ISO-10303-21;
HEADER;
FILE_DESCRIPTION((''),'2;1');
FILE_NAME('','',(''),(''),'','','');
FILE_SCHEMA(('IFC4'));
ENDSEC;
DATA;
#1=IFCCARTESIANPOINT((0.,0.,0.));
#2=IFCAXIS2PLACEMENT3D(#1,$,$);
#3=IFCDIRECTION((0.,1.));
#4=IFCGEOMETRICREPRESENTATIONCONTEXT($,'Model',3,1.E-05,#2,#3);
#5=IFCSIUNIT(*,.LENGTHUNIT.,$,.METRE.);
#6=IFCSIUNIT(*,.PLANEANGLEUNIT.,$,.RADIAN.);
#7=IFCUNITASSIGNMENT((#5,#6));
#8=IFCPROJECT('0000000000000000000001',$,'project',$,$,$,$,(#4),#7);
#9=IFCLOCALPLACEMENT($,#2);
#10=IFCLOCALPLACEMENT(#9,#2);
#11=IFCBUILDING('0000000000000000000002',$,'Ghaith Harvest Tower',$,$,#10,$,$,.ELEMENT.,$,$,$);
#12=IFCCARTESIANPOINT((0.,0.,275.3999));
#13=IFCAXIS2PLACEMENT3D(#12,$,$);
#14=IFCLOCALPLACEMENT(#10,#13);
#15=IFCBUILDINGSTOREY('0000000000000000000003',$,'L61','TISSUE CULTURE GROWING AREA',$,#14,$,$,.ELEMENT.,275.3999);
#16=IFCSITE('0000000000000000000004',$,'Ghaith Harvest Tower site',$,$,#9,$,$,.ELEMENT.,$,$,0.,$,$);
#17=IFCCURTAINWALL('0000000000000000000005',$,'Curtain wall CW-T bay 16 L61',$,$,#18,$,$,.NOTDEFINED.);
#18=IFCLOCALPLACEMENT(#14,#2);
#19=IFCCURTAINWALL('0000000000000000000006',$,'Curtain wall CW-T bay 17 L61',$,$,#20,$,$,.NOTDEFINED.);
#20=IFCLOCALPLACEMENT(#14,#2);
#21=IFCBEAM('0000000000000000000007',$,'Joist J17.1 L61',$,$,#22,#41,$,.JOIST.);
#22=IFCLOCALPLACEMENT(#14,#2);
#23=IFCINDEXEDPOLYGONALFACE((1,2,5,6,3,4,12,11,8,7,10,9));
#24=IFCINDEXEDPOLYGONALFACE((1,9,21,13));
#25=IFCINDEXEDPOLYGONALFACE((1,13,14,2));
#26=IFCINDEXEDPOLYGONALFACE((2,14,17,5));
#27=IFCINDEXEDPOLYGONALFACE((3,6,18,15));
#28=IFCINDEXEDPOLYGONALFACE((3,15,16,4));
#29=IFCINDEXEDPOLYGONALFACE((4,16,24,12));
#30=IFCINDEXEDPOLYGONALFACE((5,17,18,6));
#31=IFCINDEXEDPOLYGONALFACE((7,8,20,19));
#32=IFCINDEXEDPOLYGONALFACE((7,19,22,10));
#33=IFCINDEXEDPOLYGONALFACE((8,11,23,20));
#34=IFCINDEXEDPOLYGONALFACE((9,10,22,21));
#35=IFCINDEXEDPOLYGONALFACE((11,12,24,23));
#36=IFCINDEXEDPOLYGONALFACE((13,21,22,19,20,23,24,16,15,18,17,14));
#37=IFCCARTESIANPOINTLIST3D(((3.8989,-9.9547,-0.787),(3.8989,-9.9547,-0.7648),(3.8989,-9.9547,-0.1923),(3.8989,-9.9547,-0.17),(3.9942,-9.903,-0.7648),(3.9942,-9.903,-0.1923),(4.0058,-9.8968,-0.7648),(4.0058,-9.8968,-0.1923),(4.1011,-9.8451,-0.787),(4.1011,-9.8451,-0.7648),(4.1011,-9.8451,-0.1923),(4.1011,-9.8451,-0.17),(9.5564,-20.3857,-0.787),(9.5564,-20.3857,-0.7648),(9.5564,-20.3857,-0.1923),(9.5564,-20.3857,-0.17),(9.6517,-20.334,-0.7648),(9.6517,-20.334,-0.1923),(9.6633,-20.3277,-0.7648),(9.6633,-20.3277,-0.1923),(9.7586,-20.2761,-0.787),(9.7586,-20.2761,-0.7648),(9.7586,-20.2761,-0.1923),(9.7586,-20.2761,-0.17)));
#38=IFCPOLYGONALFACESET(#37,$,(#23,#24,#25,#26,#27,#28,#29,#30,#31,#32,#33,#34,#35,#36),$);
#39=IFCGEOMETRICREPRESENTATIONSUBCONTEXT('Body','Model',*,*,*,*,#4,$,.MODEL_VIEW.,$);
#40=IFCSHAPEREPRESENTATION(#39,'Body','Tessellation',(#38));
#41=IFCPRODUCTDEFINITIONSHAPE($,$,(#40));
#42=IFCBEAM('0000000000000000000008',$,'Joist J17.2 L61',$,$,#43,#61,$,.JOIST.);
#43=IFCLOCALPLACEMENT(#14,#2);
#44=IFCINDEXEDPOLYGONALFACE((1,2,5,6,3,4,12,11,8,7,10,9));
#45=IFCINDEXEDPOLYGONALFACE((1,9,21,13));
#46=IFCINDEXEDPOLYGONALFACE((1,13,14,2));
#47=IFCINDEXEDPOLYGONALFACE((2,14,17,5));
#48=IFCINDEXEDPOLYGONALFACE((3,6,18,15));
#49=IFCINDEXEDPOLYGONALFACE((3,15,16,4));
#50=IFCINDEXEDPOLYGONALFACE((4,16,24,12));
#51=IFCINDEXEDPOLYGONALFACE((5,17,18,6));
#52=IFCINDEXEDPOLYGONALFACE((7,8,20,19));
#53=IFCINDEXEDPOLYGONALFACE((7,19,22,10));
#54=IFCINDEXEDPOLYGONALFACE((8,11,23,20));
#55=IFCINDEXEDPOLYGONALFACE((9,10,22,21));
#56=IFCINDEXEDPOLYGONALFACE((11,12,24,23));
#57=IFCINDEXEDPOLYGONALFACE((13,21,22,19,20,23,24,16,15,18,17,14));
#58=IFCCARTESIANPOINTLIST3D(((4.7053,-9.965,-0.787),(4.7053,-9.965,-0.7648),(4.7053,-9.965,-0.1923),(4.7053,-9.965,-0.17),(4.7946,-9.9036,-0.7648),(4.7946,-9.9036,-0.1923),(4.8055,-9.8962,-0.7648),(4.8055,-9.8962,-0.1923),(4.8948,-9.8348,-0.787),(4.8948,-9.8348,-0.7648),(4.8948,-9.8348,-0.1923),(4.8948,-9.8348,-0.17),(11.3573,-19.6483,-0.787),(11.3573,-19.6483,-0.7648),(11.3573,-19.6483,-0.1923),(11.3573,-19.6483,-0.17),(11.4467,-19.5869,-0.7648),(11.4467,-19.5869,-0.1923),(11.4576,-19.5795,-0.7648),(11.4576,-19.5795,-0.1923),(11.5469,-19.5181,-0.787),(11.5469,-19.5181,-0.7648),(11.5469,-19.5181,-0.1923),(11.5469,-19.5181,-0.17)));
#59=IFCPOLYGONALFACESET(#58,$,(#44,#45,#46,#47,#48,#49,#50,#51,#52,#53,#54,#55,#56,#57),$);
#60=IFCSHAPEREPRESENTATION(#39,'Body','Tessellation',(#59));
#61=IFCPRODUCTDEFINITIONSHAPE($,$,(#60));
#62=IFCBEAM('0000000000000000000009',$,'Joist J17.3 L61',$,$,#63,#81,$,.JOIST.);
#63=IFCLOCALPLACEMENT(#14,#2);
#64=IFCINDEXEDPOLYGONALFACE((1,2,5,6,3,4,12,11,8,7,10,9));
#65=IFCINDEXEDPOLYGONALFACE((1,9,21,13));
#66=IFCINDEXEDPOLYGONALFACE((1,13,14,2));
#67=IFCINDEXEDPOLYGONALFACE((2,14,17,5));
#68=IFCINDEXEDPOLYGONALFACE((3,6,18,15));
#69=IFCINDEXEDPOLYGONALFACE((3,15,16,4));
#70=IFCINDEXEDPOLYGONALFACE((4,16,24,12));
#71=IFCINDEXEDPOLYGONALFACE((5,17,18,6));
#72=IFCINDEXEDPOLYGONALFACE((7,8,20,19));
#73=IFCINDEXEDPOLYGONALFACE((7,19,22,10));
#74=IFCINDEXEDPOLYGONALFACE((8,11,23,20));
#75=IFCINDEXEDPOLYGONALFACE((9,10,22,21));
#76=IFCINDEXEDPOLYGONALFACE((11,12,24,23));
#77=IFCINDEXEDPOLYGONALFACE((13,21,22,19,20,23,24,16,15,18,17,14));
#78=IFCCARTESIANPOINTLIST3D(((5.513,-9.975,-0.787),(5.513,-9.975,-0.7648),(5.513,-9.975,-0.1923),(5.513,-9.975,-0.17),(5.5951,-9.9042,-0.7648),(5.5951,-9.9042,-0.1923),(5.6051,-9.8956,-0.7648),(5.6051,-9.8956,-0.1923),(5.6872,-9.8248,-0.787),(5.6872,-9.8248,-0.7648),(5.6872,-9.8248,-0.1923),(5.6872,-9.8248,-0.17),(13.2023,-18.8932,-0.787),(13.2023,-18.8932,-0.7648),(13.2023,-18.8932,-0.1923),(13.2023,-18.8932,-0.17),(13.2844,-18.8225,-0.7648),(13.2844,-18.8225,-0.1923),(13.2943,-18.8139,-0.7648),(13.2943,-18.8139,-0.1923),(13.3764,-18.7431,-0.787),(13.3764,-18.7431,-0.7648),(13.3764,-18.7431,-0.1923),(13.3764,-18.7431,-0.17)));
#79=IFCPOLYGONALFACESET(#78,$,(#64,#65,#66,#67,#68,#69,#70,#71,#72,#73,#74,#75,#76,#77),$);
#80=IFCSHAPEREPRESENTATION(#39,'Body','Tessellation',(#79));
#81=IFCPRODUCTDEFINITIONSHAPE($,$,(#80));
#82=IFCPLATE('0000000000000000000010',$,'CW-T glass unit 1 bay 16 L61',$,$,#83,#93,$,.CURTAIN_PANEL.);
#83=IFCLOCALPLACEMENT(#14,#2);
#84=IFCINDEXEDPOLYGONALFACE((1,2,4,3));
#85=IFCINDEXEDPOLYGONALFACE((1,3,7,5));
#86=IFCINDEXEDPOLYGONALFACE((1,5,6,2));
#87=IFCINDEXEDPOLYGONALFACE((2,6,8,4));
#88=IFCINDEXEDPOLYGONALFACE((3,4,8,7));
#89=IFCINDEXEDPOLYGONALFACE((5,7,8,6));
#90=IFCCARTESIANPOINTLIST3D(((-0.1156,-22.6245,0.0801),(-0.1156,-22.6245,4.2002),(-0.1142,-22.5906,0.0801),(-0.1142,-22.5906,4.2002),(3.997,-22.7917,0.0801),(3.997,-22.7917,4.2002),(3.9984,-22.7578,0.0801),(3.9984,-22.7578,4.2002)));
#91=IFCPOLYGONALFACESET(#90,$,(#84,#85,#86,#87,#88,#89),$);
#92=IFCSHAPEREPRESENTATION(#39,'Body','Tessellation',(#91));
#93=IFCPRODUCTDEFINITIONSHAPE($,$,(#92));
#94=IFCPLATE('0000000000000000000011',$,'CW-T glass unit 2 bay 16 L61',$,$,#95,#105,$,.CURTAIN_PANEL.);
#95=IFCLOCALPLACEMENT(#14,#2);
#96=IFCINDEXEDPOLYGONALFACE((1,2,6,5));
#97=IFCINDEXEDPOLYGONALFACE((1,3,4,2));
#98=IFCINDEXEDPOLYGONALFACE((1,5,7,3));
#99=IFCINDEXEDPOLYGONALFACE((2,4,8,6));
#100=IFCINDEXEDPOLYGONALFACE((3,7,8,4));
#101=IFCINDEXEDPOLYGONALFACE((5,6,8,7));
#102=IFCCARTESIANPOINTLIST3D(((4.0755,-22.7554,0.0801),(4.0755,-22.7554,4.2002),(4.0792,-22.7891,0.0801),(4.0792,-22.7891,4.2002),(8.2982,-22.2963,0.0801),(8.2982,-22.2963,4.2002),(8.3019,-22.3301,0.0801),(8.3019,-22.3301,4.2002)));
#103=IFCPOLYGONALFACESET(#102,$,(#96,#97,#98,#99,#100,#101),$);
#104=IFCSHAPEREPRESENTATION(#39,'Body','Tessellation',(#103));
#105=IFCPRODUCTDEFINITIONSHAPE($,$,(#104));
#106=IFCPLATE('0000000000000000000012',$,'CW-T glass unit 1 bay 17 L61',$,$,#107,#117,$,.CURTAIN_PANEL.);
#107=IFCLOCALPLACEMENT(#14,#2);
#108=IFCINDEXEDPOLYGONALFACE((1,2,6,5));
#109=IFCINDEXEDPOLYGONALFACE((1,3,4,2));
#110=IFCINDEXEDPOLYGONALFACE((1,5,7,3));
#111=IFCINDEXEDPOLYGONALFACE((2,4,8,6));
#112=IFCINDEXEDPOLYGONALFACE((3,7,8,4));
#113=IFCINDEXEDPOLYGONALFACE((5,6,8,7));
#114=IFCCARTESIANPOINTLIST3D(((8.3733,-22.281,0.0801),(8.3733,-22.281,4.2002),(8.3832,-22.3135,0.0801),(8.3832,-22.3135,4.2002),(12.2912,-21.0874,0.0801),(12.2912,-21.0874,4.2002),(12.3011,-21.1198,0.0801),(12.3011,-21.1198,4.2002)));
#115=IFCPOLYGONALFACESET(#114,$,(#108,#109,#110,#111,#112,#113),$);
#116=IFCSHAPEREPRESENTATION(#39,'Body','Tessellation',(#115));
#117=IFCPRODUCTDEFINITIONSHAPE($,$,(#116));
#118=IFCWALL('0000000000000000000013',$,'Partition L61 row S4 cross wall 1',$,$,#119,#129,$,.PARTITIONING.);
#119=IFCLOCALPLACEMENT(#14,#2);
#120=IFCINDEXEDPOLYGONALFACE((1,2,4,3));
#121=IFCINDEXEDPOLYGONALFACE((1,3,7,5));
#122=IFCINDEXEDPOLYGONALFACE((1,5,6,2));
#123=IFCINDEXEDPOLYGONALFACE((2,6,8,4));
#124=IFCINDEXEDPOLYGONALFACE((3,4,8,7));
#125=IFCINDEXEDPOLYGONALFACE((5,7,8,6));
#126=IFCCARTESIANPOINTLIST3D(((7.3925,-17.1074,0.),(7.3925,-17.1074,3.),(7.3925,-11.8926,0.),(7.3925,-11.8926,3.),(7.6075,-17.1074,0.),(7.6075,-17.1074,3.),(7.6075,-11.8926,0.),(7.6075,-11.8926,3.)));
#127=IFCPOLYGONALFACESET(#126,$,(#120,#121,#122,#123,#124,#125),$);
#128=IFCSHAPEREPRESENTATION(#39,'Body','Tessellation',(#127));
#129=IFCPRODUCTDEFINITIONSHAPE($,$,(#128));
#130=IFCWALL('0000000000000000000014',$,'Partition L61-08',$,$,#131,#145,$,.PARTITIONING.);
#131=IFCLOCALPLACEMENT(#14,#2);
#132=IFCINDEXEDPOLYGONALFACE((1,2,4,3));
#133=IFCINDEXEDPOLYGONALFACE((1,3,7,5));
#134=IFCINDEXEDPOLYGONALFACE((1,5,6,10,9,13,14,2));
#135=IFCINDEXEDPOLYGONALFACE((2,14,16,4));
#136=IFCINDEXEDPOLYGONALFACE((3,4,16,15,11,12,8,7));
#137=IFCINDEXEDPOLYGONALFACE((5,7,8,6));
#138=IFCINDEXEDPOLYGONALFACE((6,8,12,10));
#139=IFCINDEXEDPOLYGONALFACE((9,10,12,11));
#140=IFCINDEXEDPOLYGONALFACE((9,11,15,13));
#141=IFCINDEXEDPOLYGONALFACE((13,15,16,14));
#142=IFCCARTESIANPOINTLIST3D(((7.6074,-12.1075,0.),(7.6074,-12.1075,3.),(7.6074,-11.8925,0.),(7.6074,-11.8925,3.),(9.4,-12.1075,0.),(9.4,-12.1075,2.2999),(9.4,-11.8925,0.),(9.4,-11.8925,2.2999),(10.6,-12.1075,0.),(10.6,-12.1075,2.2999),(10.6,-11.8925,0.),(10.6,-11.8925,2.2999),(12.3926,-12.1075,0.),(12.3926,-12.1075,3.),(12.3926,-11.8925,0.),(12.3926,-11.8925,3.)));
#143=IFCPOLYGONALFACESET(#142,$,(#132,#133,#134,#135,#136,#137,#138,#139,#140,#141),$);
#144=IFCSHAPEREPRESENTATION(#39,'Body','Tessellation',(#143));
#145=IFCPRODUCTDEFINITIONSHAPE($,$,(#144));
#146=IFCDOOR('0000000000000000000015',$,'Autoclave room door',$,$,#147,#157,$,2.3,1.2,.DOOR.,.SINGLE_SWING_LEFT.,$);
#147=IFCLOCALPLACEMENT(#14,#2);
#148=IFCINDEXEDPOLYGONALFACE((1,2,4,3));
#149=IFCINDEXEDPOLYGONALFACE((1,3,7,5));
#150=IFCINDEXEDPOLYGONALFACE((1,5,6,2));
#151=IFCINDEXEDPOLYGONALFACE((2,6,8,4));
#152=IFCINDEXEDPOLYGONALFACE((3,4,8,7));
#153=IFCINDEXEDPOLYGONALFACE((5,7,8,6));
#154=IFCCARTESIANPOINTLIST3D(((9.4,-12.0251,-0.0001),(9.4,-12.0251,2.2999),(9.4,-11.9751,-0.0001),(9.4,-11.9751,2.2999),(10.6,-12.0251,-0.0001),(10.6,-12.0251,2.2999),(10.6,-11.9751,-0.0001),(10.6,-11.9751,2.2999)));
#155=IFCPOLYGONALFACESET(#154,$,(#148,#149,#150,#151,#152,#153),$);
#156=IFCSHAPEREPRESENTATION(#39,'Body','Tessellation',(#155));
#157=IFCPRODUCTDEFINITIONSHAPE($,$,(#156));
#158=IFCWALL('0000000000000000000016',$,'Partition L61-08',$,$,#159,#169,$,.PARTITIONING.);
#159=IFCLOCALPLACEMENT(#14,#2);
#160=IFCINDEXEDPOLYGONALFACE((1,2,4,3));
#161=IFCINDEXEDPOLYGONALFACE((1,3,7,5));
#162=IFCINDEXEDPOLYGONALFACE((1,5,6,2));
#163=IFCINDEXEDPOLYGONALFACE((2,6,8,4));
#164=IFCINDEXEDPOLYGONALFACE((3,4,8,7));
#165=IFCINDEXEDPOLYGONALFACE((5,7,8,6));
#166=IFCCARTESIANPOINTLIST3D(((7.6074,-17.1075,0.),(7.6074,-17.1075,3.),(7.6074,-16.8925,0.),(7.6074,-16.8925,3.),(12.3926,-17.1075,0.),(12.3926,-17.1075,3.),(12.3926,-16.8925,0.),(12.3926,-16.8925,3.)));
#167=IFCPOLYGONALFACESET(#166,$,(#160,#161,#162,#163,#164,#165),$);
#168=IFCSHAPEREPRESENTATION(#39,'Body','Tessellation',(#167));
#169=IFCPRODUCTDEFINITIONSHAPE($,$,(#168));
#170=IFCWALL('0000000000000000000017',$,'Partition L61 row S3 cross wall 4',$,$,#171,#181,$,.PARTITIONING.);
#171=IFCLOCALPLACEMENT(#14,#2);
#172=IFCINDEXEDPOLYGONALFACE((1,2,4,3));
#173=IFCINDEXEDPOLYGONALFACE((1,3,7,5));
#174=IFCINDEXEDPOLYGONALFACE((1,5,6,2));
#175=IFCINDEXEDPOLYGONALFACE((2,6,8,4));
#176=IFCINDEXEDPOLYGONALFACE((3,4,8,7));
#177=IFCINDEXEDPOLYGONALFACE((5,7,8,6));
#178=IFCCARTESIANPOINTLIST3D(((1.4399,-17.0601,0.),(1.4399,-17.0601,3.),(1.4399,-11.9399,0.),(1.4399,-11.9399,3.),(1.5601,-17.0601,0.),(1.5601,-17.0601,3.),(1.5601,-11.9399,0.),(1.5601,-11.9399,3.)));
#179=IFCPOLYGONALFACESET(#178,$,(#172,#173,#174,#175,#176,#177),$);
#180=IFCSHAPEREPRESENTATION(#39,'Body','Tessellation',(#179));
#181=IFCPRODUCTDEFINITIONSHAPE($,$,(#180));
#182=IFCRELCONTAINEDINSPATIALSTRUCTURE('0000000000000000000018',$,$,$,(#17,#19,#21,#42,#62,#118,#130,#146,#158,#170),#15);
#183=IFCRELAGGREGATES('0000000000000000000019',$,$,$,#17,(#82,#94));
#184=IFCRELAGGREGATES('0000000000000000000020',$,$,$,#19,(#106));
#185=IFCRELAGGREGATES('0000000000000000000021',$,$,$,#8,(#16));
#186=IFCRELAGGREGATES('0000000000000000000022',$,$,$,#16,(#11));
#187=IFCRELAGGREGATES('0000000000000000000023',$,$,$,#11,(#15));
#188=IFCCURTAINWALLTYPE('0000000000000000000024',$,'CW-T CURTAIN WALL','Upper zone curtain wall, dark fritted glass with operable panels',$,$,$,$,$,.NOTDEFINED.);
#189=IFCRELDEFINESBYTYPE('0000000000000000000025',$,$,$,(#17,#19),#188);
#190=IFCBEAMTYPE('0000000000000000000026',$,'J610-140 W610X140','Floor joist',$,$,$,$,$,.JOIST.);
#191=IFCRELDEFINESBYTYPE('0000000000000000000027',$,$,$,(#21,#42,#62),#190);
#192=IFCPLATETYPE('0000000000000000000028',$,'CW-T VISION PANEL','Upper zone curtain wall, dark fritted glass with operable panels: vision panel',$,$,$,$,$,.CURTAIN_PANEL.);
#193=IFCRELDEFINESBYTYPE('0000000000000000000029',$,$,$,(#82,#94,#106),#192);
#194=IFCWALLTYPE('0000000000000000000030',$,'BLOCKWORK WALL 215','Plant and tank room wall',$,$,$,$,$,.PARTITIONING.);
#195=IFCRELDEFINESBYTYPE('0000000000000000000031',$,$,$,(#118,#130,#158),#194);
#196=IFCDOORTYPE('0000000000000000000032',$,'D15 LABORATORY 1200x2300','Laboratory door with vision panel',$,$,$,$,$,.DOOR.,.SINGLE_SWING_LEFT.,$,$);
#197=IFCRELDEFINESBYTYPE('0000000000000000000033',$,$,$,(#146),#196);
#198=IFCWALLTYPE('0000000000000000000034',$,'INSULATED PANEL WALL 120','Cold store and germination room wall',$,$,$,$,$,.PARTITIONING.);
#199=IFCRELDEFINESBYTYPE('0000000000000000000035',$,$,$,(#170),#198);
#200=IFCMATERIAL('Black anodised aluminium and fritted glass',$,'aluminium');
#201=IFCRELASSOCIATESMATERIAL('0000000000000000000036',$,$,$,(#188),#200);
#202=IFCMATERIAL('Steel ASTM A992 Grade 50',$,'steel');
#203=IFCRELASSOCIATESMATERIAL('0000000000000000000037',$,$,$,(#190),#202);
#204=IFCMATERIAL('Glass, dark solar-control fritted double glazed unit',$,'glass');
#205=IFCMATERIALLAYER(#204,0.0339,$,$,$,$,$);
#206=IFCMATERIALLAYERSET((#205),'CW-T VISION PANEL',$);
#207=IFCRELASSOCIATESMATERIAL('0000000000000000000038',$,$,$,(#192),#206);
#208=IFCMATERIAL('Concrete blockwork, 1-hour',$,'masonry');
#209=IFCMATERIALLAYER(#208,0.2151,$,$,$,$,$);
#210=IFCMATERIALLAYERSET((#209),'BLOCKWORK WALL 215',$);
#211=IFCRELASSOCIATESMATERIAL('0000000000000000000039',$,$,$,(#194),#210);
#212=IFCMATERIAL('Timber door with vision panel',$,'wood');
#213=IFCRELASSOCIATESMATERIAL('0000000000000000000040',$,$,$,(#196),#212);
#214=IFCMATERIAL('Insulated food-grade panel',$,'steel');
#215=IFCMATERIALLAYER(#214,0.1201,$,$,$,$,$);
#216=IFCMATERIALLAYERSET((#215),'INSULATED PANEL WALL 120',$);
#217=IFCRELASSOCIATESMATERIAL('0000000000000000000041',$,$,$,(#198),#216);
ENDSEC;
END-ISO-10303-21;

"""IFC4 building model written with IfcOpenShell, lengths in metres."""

from ifc_helpers import new_model, si_unit, direction, frame, frame_2d, origin, origin_2d, place, context, subcontext, project, spatial, rectangle, i_section, extrude, material, layer, layer_set, material_profile, profile_set, type_object, element, fill, aggregate, save


model = new_model("IFC4")

# Units and contexts
model_context = context("Model", 3, precision=1e-05, world=origin(), true_north=direction((0.0, 1.0)))
body_context = subcontext(model_context, "Body", "Model", "MODEL_VIEW")
ifc_project = project(units=[si_unit("LENGTHUNIT", "METRE"), si_unit("PLANEANGLEUNIT", "RADIAN")], contexts=[model_context])

# Site, building, storey
site_placement = place(None, origin())
site = spatial("IfcSite", under=ifc_project, at=site_placement, Name="Ghaith Harvest Tower site", CompositionType="ELEMENT", RefElevation=0.0)
building_placement = place(site_placement, origin())
building = spatial("IfcBuilding", under=site, at=building_placement, Name="Ghaith Harvest Tower", CompositionType="ELEMENT")
storey_placement = place(building_placement, frame((0.0, 0.0, 275.3999)))
storey = spatial("IfcBuildingStorey", under=building, at=storey_placement, Name="L61", Description="TISSUE CULTURE GROWING AREA", CompositionType="ELEMENT", Elevation=275.3999)

# Curtain walls
ifc_material_1 = material(Name="Black anodised aluminium and fritted glass", Category="aluminium")
curtain_wall_type = type_object("IfcCurtainWallType", Name="CW-T CURTAIN WALL", Description="Upper zone curtain wall, dark fritted glass with operable panels", PredefinedType="NOTDEFINED", material=ifc_material_1)
curtain_wall_1_placement = place(storey_placement, origin())
curtain_wall_1 = element("IfcCurtainWall", 1, at=curtain_wall_1_placement, inside=storey, type_object=curtain_wall_type, Name="Curtain wall CW-T bay 16 L61", PredefinedType="NOTDEFINED")
curtain_wall_2_placement = place(storey_placement, origin())
curtain_wall_2 = element("IfcCurtainWall", 2, at=curtain_wall_2_placement, inside=storey, type_object=curtain_wall_type, Name="Curtain wall CW-T bay 17 L61", PredefinedType="NOTDEFINED")

# Beams
ifc_material_2 = material(Name="Steel ASTM A992 Grade 50", Category="steel")
ifc_material_profile_1 = material_profile(ifc_material_2, i_section(OverallWidth=0.23, OverallDepth=0.6169, WebThickness=0.0132, FlangeThickness=0.0222, at=origin_2d()), Name="W610X140")
ifc_profile_set_1 = profile_set([ifc_material_profile_1], Name="Steel ASTM A992 Grade 50")
beam_type_1 = type_object("IfcBeamType", Name="J610-140 W610X140", Description="Floor joist", PredefinedType="JOIST", material=ifc_profile_set_1)
beam_1_placement = place(storey_placement, frame((4.0, -9.8999, -0.4785), z_axis=(0.476765, -0.879031, 0.0), x_axis=(0.879031, 0.476765, 0.0)))
element("IfcBeam", 3, at=beam_1_placement, inside=storey, type_object=beam_type_1, Name="Joist J17.1 L61", PredefinedType="JOIST", context=body_context, shape_type="SweptSolid", body=[
    extrude(i_section(OverallWidth=0.23, OverallDepth=0.6169, WebThickness=0.0132, FlangeThickness=0.0222, at=origin_2d()), origin(), (0.0, 0.0, 1.0), 11.8665),
])
beam_2_placement = place(storey_placement, frame((4.8, -9.8999, -0.4785), z_axis=(0.566228, -0.824249, 0.0), x_axis=(0.824249, 0.566228, 0.0)))
element("IfcBeam", 4, at=beam_2_placement, inside=storey, type_object=beam_type_1, Name="Joist J17.2 L61", PredefinedType="JOIST", context=body_context, shape_type="SweptSolid", body=[
    extrude(i_section(OverallWidth=0.23, OverallDepth=0.6169, WebThickness=0.0132, FlangeThickness=0.0222, at=origin_2d()), origin(), (0.0, 0.0, 1.0), 11.748),
])
beam_3_placement = place(storey_placement, frame((5.6001, -9.8999, -0.4785), z_axis=(0.652993, -0.757364, 0.0), x_axis=(0.757364, 0.652993, 0.0)))
element("IfcBeam", 5, at=beam_3_placement, inside=storey, type_object=beam_type_1, Name="Joist J17.3 L61", PredefinedType="JOIST", context=body_context, shape_type="SweptSolid", body=[
    extrude(i_section(OverallWidth=0.23, OverallDepth=0.6169, WebThickness=0.0132, FlangeThickness=0.0222, at=origin_2d()), origin(), (0.0, 0.0, 1.0), 11.7754),
])

# Plates
ifc_material_3 = material(Name="Glass, dark solar-control fritted double glazed unit", Category="glass")
ifc_layer_1 = layer(ifc_material_3, 0.0339)
ifc_layer_set_1 = layer_set([ifc_layer_1], Name="CW-T VISION PANEL")
plate_type = type_object("IfcPlateType", Name="CW-T VISION PANEL", Description="Upper zone curtain wall, dark fritted glass with operable panels: vision panel", PredefinedType="CURTAIN_PANEL", material=ifc_layer_set_1)
plate_1_placement = place(storey_placement, frame((1.9414, -22.6912, 0.0801), z_axis=(0.0, 0.0, 1.0), x_axis=(0.999174, -0.040638, 0.0)))
plate_1 = element("IfcPlate", 6, at=plate_1_placement, type_object=plate_type, Name="CW-T glass unit 1 bay 16 L61", PredefinedType="CURTAIN_PANEL", context=body_context, shape_type="SweptSolid", body=[
    extrude(rectangle(XDim=4.116, YDim=0.0339, at=origin_2d()), origin(), (0.0, 0.0, 1.0), 4.1201),
])
plate_2_placement = place(storey_placement, frame((6.1887, -22.5427, 0.0801), z_axis=(0.0, 0.0, 1.0), x_axis=(0.994143, 0.108074, 0.0)))
plate_2 = element("IfcPlate", 7, at=plate_2_placement, type_object=plate_type, Name="CW-T glass unit 2 bay 16 L61", PredefinedType="CURTAIN_PANEL", context=body_context, shape_type="SweptSolid", body=[
    extrude(rectangle(XDim=4.2476, YDim=0.0339, at=origin_2d()), origin(), (0.0, 0.0, 1.0), 4.1201),
])
aggregate(curtain_wall_1, [plate_1, plate_2])
plate_3_placement = place(storey_placement, frame((10.3372, -21.7004, 0.0801), z_axis=(0.0, 0.0, 1.0), x_axis=(0.956588, 0.291445, 0.0)))
plate_3 = element("IfcPlate", 8, at=plate_3_placement, type_object=plate_type, Name="CW-T glass unit 1 bay 17 L61", PredefinedType="CURTAIN_PANEL", context=body_context, shape_type="SweptSolid", body=[
    extrude(rectangle(XDim=4.0957, YDim=0.0339, at=origin_2d()), origin(), (0.0, 0.0, 1.0), 4.1201),
])
aggregate(curtain_wall_2, [plate_3])

# Wall
ifc_material_4 = material(Name="Concrete blockwork, 1-hour", Category="masonry")
ifc_layer_2 = layer(ifc_material_4, 0.2151)
ifc_layer_set_2 = layer_set([ifc_layer_2], Name="BLOCKWORK WALL 215")
wall_type_1 = type_object("IfcWallType", Name="BLOCKWORK WALL 215", Description="Plant and tank room wall", PredefinedType="PARTITIONING", material=ifc_layer_set_2)
wall_1_placement = place(storey_placement, frame((7.5, -11.8926, 0.0), z_axis=(0.0, 0.0, 1.0), x_axis=(0.0, -1.0, 0.0)))
element("IfcWall", 9, at=wall_1_placement, inside=storey, type_object=wall_type_1, Name="Partition L61 row S4 cross wall 1", PredefinedType="PARTITIONING", context=body_context, shape_type="SweptSolid", body=[
    extrude(rectangle(XDim=5.2148, YDim=0.2151, at=frame_2d((2.6074, 0.0))), origin(), (0.0, 0.0, 1.0), 3.0),
])

# Wall, opening, door
wall_2_placement = place(storey_placement, frame((7.6074, -12.0, 0.0), z_axis=(0.0, 0.0, 1.0), x_axis=(1.0, 0.0, 0.0)))
wall_2 = element("IfcWall", 10, at=wall_2_placement, inside=storey, type_object=wall_type_1, Name="Partition L61-08", PredefinedType="PARTITIONING", context=body_context, shape_type="SweptSolid", body=[
    extrude(rectangle(XDim=4.7852, YDim=0.2151, at=frame_2d((2.3926, 0.0))), origin(), (0.0, 0.0, 1.0), 3.0),
])
opening_1_placement = place(wall_2_placement, frame((1.7925, 0.0, 0.0)))
opening_1 = element("IfcOpeningElement", 11, at=opening_1_placement, cuts=wall_2, PredefinedType="OPENING", context=body_context, shape_type="SweptSolid", body=[
    extrude(rectangle(XDim=1.2, YDim=2.3, at=frame_2d((0.6001, 1.1499))), frame((0.0, 0.1177, 0.0), z_axis=(0.0, -1.0, 0.0), x_axis=(1.0, 0.0, 0.0)), (0.0, 0.0, 1.0), 0.2351),
])
ifc_material_5 = material(Name="Timber door with vision panel", Category="wood")
door_type_1 = type_object("IfcDoorType", Name="D15 LABORATORY 1200x2300", Description="Laboratory door with vision panel", OperationType="SINGLE_SWING_LEFT", PredefinedType="DOOR", material=ifc_material_5)
door_1_placement = place(opening_1_placement, origin())
door_1 = element("IfcDoor", 12, at=door_1_placement, inside=storey, type_object=door_type_1, Name="Autoclave room door", OperationType="SINGLE_SWING_LEFT", OverallHeight=2.3, OverallWidth=1.2, PredefinedType="DOOR", context=body_context, shape_type="SweptSolid", body=[
    extrude(rectangle(XDim=1.2, YDim=2.3, at=frame_2d((0.6001, 1.1499))), frame((0.0, 0.0249, 0.0), z_axis=(0.0, -1.0, 0.0), x_axis=(1.0, 0.0, 0.0)), (0.0, 0.0, 1.0), 0.05),
])
fill(opening_1, door_1)

# Walls
wall_3_placement = place(storey_placement, frame((7.6074, -17.0, 0.0), z_axis=(0.0, 0.0, 1.0), x_axis=(1.0, 0.0, 0.0)))
element("IfcWall", 13, at=wall_3_placement, inside=storey, type_object=wall_type_1, Name="Partition L61-08", PredefinedType="PARTITIONING", context=body_context, shape_type="SweptSolid", body=[
    extrude(rectangle(XDim=4.7852, YDim=0.2151, at=frame_2d((2.3926, 0.0))), origin(), (0.0, 0.0, 1.0), 3.0),
])
ifc_material_6 = material(Name="Insulated food-grade panel", Category="steel")
ifc_layer_3 = layer(ifc_material_6, 0.1201)
ifc_layer_set_3 = layer_set([ifc_layer_3], Name="INSULATED PANEL WALL 120")
wall_type_2 = type_object("IfcWallType", Name="INSULATED PANEL WALL 120", Description="Cold store and germination room wall", PredefinedType="PARTITIONING", material=ifc_layer_set_3)
for number, where, z_axis, x_axis, name in (
    (14, (1.5, -11.9399, 0.0), (0.0, 0.0, 1.0), (0.0, -1.0, 0.0), "Partition L61 row S3 cross wall 4"),
):
    element("IfcWall", number, at=place(storey_placement, frame(where, z_axis=z_axis, x_axis=x_axis)), inside=storey, type_object=wall_type_2, Name=name, PredefinedType="PARTITIONING", context=body_context, shape_type="SweptSolid", body=[
        extrude(rectangle(XDim=5.1201, YDim=0.1201, at=frame_2d((2.5601, 0.0))), origin(), (0.0, 0.0, 1.0), 3.0),
    ])

save(model, "model.ifc")
